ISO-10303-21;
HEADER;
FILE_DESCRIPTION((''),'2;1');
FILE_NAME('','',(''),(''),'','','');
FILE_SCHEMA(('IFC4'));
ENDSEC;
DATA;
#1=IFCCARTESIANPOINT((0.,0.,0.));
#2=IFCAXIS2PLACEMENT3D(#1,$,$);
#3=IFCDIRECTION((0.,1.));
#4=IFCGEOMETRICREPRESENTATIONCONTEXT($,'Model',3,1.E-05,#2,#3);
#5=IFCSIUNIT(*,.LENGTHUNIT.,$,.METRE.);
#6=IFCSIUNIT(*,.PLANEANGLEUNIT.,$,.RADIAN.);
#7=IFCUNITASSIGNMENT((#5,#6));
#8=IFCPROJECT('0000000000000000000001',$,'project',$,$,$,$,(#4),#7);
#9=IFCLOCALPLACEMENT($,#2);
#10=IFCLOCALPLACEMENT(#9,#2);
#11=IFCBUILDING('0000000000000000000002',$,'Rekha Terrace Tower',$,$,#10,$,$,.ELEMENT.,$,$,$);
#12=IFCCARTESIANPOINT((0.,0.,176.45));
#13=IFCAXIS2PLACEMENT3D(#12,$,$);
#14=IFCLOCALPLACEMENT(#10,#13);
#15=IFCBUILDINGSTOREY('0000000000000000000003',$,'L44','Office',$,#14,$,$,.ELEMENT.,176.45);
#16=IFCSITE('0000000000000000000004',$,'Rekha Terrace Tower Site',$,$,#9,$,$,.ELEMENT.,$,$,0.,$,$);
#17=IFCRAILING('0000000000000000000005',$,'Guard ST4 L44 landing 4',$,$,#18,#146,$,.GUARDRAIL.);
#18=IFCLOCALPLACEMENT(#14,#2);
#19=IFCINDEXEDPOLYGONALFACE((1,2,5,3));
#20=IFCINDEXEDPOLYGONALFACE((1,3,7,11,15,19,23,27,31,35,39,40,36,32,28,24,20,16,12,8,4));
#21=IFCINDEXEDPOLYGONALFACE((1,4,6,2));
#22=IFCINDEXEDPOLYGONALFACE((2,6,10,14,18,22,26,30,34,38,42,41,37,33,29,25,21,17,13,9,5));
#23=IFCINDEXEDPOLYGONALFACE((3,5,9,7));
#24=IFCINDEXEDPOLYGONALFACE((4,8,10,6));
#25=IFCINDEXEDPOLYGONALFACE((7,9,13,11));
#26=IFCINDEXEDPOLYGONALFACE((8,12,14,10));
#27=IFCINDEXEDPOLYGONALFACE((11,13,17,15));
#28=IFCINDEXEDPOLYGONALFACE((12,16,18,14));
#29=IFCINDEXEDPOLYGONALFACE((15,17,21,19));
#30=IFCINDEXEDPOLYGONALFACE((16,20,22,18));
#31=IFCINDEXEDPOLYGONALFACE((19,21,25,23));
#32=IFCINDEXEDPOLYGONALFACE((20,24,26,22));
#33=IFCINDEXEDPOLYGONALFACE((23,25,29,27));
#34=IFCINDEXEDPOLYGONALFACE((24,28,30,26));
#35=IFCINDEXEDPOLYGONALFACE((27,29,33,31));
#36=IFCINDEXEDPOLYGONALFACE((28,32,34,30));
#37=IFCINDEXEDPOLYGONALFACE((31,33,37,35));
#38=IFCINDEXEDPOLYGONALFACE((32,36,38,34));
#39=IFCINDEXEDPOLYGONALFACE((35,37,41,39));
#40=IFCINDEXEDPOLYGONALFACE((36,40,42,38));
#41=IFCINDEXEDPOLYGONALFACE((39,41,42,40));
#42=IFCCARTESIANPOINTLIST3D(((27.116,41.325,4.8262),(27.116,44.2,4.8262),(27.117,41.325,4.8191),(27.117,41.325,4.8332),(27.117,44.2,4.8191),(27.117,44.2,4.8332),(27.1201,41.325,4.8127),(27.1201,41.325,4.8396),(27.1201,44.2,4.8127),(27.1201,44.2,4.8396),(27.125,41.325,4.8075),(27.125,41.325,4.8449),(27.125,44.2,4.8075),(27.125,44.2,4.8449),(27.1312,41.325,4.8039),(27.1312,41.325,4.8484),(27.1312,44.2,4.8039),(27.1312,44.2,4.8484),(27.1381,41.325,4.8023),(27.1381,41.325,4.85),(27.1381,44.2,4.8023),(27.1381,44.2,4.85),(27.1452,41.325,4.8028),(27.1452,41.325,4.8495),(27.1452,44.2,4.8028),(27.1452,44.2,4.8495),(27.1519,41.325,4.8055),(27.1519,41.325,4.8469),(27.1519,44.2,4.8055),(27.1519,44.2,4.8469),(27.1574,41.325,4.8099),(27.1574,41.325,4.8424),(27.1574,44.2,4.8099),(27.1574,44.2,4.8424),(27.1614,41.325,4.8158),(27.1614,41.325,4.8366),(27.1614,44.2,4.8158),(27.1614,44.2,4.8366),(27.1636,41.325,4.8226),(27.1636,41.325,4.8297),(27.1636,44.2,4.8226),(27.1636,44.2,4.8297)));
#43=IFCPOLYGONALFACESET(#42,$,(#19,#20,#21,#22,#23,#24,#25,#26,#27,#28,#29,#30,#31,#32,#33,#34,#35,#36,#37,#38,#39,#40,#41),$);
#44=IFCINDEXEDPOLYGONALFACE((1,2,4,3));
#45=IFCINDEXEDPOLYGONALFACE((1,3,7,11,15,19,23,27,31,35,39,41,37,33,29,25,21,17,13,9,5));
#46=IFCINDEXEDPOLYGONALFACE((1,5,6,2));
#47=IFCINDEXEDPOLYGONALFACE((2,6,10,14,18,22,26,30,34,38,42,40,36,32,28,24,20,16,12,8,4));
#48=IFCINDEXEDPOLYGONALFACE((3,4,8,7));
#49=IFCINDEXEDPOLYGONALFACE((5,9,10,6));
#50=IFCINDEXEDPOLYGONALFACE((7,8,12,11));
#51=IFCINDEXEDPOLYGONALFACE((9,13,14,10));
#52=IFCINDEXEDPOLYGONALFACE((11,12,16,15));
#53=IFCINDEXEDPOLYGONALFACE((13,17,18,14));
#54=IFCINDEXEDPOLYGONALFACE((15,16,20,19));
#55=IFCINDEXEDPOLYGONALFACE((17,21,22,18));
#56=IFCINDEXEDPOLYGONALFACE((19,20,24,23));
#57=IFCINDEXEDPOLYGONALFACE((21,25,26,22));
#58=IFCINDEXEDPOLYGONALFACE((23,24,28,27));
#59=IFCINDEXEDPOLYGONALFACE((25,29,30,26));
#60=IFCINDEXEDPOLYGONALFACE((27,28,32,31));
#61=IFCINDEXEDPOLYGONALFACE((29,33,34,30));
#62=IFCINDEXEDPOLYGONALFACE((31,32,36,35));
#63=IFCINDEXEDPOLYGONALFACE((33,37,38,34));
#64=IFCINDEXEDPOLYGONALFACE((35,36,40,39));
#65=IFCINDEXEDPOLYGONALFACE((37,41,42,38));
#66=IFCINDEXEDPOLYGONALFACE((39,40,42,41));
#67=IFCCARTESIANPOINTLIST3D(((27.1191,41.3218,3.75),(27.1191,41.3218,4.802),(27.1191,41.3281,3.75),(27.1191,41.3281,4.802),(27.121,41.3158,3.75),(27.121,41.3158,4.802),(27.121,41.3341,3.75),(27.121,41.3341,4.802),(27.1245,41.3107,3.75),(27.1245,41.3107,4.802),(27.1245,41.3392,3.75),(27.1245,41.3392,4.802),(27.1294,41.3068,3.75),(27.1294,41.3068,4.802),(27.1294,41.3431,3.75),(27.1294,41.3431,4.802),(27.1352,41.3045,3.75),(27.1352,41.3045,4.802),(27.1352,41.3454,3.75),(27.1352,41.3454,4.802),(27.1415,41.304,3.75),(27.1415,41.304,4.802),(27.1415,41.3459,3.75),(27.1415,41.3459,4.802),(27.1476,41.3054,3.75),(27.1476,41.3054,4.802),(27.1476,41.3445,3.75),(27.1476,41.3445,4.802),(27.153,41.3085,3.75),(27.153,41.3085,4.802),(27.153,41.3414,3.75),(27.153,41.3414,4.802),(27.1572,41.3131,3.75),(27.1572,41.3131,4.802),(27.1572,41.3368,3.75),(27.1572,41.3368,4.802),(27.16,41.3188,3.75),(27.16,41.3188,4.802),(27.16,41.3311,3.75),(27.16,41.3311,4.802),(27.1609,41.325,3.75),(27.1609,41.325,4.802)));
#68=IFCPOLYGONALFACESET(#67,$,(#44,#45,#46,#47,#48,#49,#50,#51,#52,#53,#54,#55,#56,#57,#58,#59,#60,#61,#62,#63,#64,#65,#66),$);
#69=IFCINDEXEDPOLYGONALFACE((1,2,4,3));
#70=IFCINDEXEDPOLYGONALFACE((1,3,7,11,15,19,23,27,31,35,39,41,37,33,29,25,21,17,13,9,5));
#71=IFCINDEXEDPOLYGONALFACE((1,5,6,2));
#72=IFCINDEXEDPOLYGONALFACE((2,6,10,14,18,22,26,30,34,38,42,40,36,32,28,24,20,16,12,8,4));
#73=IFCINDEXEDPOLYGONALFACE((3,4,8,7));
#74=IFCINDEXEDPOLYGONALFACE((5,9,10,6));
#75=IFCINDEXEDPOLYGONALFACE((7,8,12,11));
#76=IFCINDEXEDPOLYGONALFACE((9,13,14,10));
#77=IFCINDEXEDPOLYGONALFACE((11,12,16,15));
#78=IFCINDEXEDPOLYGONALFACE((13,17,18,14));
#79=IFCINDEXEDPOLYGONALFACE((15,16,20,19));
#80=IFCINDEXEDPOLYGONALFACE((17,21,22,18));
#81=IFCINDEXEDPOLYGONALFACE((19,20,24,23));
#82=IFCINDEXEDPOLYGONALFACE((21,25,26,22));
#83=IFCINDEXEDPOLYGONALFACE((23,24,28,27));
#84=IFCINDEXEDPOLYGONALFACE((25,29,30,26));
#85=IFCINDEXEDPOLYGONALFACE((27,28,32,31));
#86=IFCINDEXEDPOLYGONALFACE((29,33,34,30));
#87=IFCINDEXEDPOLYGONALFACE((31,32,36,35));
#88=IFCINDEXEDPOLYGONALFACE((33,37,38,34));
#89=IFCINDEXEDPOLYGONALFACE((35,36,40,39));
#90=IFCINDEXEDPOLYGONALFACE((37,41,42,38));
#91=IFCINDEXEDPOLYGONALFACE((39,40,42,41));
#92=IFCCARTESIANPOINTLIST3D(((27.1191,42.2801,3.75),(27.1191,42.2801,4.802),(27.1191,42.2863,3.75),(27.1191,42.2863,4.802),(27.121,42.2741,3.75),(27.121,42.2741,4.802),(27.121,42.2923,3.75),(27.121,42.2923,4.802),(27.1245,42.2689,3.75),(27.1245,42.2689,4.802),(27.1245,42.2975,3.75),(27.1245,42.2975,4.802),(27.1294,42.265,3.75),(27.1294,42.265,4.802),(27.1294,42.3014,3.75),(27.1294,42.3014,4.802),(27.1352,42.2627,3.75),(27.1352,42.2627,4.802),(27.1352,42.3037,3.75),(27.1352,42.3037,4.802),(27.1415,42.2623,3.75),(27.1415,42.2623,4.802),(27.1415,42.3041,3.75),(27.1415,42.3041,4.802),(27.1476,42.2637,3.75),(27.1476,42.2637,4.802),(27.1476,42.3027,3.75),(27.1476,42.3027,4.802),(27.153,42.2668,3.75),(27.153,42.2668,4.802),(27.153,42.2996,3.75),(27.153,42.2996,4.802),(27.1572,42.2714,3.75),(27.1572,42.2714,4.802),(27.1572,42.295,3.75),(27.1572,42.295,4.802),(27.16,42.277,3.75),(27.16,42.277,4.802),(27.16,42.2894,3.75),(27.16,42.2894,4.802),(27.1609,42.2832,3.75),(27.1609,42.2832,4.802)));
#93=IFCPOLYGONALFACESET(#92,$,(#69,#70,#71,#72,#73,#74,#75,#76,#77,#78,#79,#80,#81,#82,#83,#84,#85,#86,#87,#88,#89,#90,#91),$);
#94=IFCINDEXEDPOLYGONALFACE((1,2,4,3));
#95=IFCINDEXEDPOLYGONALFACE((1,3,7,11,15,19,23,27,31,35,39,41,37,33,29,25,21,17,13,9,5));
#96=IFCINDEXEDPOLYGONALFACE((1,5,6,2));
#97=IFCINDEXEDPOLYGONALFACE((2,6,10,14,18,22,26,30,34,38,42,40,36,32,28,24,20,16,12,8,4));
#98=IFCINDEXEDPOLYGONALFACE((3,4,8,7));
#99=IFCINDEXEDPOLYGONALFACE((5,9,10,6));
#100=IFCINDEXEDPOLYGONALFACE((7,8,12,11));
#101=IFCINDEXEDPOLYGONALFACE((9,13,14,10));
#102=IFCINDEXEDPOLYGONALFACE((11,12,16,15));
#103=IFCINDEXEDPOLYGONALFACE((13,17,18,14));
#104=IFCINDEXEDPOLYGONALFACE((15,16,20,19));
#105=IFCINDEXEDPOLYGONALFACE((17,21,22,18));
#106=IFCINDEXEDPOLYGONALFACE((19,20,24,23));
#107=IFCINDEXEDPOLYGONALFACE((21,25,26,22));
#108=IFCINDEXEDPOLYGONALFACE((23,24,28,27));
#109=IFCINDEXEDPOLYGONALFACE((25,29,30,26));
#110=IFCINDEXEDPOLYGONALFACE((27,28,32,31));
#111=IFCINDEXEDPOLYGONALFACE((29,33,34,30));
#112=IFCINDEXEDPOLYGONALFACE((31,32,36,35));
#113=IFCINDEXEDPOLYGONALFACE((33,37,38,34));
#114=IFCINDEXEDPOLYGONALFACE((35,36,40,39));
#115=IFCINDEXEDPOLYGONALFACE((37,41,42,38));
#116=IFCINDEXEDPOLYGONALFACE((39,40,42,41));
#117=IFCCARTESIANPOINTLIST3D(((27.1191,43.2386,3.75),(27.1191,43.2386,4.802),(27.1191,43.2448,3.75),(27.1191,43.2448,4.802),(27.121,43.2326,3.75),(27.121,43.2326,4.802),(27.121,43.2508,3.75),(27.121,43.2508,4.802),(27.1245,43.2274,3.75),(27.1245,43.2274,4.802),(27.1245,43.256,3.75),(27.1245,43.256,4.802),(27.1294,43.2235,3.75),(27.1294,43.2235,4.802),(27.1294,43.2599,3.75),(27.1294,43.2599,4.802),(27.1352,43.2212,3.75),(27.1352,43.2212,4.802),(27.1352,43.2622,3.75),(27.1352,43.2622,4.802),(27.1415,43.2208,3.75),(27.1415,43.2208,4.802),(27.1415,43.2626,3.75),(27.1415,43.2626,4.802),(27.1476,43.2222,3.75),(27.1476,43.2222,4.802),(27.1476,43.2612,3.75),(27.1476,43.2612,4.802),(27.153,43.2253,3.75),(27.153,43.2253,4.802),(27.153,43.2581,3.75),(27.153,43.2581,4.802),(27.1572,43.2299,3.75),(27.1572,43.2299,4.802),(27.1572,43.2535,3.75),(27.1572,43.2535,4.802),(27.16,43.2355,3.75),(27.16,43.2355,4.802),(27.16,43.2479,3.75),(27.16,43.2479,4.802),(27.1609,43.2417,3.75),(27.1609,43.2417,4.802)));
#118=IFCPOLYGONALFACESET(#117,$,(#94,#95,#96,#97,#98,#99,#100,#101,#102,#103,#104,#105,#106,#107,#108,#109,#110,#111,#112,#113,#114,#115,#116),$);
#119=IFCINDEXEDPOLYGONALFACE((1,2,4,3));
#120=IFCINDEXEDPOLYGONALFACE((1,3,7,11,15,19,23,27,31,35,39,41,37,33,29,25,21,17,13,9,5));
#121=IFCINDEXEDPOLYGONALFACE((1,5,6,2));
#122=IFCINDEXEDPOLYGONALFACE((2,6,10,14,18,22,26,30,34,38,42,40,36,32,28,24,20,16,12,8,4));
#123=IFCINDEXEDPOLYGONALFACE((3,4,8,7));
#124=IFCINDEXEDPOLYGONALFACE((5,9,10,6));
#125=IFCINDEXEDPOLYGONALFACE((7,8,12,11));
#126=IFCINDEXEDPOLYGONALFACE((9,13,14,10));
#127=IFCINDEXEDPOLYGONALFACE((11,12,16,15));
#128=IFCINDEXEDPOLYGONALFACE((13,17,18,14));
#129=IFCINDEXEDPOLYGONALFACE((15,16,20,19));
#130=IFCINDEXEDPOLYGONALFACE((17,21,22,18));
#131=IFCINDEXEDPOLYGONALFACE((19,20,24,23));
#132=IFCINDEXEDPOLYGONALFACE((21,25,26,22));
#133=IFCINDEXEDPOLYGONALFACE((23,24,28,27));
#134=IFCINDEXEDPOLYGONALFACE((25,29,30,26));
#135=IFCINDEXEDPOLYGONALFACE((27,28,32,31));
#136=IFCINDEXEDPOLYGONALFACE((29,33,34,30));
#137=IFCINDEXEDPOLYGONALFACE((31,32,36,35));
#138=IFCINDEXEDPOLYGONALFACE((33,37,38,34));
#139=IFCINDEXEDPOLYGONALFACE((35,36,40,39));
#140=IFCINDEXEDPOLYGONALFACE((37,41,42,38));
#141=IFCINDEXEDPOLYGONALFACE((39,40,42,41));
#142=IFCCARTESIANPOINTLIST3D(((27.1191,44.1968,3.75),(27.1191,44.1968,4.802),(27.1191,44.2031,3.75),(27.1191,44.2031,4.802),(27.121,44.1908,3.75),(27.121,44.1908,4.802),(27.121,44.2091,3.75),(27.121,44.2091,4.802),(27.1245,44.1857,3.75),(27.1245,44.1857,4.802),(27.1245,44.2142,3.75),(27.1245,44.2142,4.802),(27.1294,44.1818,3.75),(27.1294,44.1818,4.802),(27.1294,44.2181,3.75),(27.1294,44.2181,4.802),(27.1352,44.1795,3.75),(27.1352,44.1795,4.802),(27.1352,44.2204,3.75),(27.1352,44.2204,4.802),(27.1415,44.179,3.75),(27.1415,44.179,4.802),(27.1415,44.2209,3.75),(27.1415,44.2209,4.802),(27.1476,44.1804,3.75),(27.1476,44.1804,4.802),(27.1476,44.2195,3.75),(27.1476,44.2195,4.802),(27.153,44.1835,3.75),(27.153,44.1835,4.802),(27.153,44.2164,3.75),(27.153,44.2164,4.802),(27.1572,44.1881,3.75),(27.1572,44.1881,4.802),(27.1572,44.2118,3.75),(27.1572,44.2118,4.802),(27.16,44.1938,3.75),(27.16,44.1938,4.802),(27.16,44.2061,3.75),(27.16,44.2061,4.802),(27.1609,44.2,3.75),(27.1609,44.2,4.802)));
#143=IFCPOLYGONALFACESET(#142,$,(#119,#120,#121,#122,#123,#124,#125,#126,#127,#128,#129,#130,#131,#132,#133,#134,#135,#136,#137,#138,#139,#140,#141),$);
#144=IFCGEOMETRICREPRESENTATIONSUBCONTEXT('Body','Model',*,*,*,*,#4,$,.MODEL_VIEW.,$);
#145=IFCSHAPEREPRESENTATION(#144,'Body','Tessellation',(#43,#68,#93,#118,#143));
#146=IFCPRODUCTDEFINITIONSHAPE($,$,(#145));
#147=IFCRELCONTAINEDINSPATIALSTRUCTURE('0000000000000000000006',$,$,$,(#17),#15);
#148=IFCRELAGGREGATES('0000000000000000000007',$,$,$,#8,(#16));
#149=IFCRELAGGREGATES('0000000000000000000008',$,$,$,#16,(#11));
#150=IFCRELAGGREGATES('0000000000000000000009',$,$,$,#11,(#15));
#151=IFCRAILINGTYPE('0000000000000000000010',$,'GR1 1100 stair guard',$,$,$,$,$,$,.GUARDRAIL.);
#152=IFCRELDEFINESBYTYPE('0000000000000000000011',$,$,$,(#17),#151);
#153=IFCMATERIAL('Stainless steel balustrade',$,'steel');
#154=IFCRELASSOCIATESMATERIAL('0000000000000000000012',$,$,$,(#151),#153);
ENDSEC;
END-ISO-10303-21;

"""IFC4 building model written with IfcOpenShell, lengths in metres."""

from ifc_helpers import new_model, si_unit, direction, frame, origin, origin_2d, place, context, subcontext, project, spatial, circle, extrude, material, type_object, element, save


model = new_model("IFC4")

# Units and contexts
model_context = context("Model", 3, precision=1e-05, world=origin(), true_north=direction((0.0, 1.0)))
body_context = subcontext(model_context, "Body", "Model", "MODEL_VIEW")
ifc_project = project(units=[si_unit("LENGTHUNIT", "METRE"), si_unit("PLANEANGLEUNIT", "RADIAN")], contexts=[model_context])

# Site, building, storey
site_placement = place(None, origin())
site = spatial("IfcSite", under=ifc_project, at=site_placement, Name="Rekha Terrace Tower Site", CompositionType="ELEMENT", RefElevation=0.0)
building_placement = place(site_placement, origin())
building = spatial("IfcBuilding", under=site, at=building_placement, Name="Rekha Terrace Tower", CompositionType="ELEMENT")
storey_placement = place(building_placement, frame((0.0, 0.0, 176.45)))
storey = spatial("IfcBuildingStorey", under=building, at=storey_placement, Name="L44", Description="Office", CompositionType="ELEMENT", Elevation=176.45)

# Railing
ifc_material_1 = material(Name="Stainless steel balustrade", Category="steel")
railing_type_1 = type_object("IfcRailingType", Name="GR1 1100 stair guard", PredefinedType="GUARDRAIL", material=ifc_material_1)
railing_1_placement = place(storey_placement, frame((27.1399, 41.325, 3.75)))
element("IfcRailing", 1, at=railing_1_placement, inside=storey, type_object=railing_type_1, Name="Guard ST4 L44 landing 4", PredefinedType="GUARDRAIL", context=body_context, shape_type="SweptSolid", body=[
    extrude(circle(Radius=0.0239, at=origin_2d()), frame((0.0, 0.0, 1.0762), z_axis=(0.0, 1.0, 0.0), x_axis=(-1.0, 0.0, 0.0)), (0.0, 0.0, 1.0), 2.875),
    extrude(circle(Radius=0.021, at=origin_2d()), origin(), (0.0, 0.0, 1.0), 1.052),
    extrude(circle(Radius=0.021, at=origin_2d()), frame((0.0, 0.9583, 0.0)), (0.0, 0.0, 1.0), 1.052),
    extrude(circle(Radius=0.021, at=origin_2d()), frame((0.0, 1.9167, 0.0)), (0.0, 0.0, 1.0), 1.052),
    extrude(circle(Radius=0.021, at=origin_2d()), frame((0.0, 2.875, 0.0)), (0.0, 0.0, 1.0), 1.052),
])

save(model, "model.ifc")
